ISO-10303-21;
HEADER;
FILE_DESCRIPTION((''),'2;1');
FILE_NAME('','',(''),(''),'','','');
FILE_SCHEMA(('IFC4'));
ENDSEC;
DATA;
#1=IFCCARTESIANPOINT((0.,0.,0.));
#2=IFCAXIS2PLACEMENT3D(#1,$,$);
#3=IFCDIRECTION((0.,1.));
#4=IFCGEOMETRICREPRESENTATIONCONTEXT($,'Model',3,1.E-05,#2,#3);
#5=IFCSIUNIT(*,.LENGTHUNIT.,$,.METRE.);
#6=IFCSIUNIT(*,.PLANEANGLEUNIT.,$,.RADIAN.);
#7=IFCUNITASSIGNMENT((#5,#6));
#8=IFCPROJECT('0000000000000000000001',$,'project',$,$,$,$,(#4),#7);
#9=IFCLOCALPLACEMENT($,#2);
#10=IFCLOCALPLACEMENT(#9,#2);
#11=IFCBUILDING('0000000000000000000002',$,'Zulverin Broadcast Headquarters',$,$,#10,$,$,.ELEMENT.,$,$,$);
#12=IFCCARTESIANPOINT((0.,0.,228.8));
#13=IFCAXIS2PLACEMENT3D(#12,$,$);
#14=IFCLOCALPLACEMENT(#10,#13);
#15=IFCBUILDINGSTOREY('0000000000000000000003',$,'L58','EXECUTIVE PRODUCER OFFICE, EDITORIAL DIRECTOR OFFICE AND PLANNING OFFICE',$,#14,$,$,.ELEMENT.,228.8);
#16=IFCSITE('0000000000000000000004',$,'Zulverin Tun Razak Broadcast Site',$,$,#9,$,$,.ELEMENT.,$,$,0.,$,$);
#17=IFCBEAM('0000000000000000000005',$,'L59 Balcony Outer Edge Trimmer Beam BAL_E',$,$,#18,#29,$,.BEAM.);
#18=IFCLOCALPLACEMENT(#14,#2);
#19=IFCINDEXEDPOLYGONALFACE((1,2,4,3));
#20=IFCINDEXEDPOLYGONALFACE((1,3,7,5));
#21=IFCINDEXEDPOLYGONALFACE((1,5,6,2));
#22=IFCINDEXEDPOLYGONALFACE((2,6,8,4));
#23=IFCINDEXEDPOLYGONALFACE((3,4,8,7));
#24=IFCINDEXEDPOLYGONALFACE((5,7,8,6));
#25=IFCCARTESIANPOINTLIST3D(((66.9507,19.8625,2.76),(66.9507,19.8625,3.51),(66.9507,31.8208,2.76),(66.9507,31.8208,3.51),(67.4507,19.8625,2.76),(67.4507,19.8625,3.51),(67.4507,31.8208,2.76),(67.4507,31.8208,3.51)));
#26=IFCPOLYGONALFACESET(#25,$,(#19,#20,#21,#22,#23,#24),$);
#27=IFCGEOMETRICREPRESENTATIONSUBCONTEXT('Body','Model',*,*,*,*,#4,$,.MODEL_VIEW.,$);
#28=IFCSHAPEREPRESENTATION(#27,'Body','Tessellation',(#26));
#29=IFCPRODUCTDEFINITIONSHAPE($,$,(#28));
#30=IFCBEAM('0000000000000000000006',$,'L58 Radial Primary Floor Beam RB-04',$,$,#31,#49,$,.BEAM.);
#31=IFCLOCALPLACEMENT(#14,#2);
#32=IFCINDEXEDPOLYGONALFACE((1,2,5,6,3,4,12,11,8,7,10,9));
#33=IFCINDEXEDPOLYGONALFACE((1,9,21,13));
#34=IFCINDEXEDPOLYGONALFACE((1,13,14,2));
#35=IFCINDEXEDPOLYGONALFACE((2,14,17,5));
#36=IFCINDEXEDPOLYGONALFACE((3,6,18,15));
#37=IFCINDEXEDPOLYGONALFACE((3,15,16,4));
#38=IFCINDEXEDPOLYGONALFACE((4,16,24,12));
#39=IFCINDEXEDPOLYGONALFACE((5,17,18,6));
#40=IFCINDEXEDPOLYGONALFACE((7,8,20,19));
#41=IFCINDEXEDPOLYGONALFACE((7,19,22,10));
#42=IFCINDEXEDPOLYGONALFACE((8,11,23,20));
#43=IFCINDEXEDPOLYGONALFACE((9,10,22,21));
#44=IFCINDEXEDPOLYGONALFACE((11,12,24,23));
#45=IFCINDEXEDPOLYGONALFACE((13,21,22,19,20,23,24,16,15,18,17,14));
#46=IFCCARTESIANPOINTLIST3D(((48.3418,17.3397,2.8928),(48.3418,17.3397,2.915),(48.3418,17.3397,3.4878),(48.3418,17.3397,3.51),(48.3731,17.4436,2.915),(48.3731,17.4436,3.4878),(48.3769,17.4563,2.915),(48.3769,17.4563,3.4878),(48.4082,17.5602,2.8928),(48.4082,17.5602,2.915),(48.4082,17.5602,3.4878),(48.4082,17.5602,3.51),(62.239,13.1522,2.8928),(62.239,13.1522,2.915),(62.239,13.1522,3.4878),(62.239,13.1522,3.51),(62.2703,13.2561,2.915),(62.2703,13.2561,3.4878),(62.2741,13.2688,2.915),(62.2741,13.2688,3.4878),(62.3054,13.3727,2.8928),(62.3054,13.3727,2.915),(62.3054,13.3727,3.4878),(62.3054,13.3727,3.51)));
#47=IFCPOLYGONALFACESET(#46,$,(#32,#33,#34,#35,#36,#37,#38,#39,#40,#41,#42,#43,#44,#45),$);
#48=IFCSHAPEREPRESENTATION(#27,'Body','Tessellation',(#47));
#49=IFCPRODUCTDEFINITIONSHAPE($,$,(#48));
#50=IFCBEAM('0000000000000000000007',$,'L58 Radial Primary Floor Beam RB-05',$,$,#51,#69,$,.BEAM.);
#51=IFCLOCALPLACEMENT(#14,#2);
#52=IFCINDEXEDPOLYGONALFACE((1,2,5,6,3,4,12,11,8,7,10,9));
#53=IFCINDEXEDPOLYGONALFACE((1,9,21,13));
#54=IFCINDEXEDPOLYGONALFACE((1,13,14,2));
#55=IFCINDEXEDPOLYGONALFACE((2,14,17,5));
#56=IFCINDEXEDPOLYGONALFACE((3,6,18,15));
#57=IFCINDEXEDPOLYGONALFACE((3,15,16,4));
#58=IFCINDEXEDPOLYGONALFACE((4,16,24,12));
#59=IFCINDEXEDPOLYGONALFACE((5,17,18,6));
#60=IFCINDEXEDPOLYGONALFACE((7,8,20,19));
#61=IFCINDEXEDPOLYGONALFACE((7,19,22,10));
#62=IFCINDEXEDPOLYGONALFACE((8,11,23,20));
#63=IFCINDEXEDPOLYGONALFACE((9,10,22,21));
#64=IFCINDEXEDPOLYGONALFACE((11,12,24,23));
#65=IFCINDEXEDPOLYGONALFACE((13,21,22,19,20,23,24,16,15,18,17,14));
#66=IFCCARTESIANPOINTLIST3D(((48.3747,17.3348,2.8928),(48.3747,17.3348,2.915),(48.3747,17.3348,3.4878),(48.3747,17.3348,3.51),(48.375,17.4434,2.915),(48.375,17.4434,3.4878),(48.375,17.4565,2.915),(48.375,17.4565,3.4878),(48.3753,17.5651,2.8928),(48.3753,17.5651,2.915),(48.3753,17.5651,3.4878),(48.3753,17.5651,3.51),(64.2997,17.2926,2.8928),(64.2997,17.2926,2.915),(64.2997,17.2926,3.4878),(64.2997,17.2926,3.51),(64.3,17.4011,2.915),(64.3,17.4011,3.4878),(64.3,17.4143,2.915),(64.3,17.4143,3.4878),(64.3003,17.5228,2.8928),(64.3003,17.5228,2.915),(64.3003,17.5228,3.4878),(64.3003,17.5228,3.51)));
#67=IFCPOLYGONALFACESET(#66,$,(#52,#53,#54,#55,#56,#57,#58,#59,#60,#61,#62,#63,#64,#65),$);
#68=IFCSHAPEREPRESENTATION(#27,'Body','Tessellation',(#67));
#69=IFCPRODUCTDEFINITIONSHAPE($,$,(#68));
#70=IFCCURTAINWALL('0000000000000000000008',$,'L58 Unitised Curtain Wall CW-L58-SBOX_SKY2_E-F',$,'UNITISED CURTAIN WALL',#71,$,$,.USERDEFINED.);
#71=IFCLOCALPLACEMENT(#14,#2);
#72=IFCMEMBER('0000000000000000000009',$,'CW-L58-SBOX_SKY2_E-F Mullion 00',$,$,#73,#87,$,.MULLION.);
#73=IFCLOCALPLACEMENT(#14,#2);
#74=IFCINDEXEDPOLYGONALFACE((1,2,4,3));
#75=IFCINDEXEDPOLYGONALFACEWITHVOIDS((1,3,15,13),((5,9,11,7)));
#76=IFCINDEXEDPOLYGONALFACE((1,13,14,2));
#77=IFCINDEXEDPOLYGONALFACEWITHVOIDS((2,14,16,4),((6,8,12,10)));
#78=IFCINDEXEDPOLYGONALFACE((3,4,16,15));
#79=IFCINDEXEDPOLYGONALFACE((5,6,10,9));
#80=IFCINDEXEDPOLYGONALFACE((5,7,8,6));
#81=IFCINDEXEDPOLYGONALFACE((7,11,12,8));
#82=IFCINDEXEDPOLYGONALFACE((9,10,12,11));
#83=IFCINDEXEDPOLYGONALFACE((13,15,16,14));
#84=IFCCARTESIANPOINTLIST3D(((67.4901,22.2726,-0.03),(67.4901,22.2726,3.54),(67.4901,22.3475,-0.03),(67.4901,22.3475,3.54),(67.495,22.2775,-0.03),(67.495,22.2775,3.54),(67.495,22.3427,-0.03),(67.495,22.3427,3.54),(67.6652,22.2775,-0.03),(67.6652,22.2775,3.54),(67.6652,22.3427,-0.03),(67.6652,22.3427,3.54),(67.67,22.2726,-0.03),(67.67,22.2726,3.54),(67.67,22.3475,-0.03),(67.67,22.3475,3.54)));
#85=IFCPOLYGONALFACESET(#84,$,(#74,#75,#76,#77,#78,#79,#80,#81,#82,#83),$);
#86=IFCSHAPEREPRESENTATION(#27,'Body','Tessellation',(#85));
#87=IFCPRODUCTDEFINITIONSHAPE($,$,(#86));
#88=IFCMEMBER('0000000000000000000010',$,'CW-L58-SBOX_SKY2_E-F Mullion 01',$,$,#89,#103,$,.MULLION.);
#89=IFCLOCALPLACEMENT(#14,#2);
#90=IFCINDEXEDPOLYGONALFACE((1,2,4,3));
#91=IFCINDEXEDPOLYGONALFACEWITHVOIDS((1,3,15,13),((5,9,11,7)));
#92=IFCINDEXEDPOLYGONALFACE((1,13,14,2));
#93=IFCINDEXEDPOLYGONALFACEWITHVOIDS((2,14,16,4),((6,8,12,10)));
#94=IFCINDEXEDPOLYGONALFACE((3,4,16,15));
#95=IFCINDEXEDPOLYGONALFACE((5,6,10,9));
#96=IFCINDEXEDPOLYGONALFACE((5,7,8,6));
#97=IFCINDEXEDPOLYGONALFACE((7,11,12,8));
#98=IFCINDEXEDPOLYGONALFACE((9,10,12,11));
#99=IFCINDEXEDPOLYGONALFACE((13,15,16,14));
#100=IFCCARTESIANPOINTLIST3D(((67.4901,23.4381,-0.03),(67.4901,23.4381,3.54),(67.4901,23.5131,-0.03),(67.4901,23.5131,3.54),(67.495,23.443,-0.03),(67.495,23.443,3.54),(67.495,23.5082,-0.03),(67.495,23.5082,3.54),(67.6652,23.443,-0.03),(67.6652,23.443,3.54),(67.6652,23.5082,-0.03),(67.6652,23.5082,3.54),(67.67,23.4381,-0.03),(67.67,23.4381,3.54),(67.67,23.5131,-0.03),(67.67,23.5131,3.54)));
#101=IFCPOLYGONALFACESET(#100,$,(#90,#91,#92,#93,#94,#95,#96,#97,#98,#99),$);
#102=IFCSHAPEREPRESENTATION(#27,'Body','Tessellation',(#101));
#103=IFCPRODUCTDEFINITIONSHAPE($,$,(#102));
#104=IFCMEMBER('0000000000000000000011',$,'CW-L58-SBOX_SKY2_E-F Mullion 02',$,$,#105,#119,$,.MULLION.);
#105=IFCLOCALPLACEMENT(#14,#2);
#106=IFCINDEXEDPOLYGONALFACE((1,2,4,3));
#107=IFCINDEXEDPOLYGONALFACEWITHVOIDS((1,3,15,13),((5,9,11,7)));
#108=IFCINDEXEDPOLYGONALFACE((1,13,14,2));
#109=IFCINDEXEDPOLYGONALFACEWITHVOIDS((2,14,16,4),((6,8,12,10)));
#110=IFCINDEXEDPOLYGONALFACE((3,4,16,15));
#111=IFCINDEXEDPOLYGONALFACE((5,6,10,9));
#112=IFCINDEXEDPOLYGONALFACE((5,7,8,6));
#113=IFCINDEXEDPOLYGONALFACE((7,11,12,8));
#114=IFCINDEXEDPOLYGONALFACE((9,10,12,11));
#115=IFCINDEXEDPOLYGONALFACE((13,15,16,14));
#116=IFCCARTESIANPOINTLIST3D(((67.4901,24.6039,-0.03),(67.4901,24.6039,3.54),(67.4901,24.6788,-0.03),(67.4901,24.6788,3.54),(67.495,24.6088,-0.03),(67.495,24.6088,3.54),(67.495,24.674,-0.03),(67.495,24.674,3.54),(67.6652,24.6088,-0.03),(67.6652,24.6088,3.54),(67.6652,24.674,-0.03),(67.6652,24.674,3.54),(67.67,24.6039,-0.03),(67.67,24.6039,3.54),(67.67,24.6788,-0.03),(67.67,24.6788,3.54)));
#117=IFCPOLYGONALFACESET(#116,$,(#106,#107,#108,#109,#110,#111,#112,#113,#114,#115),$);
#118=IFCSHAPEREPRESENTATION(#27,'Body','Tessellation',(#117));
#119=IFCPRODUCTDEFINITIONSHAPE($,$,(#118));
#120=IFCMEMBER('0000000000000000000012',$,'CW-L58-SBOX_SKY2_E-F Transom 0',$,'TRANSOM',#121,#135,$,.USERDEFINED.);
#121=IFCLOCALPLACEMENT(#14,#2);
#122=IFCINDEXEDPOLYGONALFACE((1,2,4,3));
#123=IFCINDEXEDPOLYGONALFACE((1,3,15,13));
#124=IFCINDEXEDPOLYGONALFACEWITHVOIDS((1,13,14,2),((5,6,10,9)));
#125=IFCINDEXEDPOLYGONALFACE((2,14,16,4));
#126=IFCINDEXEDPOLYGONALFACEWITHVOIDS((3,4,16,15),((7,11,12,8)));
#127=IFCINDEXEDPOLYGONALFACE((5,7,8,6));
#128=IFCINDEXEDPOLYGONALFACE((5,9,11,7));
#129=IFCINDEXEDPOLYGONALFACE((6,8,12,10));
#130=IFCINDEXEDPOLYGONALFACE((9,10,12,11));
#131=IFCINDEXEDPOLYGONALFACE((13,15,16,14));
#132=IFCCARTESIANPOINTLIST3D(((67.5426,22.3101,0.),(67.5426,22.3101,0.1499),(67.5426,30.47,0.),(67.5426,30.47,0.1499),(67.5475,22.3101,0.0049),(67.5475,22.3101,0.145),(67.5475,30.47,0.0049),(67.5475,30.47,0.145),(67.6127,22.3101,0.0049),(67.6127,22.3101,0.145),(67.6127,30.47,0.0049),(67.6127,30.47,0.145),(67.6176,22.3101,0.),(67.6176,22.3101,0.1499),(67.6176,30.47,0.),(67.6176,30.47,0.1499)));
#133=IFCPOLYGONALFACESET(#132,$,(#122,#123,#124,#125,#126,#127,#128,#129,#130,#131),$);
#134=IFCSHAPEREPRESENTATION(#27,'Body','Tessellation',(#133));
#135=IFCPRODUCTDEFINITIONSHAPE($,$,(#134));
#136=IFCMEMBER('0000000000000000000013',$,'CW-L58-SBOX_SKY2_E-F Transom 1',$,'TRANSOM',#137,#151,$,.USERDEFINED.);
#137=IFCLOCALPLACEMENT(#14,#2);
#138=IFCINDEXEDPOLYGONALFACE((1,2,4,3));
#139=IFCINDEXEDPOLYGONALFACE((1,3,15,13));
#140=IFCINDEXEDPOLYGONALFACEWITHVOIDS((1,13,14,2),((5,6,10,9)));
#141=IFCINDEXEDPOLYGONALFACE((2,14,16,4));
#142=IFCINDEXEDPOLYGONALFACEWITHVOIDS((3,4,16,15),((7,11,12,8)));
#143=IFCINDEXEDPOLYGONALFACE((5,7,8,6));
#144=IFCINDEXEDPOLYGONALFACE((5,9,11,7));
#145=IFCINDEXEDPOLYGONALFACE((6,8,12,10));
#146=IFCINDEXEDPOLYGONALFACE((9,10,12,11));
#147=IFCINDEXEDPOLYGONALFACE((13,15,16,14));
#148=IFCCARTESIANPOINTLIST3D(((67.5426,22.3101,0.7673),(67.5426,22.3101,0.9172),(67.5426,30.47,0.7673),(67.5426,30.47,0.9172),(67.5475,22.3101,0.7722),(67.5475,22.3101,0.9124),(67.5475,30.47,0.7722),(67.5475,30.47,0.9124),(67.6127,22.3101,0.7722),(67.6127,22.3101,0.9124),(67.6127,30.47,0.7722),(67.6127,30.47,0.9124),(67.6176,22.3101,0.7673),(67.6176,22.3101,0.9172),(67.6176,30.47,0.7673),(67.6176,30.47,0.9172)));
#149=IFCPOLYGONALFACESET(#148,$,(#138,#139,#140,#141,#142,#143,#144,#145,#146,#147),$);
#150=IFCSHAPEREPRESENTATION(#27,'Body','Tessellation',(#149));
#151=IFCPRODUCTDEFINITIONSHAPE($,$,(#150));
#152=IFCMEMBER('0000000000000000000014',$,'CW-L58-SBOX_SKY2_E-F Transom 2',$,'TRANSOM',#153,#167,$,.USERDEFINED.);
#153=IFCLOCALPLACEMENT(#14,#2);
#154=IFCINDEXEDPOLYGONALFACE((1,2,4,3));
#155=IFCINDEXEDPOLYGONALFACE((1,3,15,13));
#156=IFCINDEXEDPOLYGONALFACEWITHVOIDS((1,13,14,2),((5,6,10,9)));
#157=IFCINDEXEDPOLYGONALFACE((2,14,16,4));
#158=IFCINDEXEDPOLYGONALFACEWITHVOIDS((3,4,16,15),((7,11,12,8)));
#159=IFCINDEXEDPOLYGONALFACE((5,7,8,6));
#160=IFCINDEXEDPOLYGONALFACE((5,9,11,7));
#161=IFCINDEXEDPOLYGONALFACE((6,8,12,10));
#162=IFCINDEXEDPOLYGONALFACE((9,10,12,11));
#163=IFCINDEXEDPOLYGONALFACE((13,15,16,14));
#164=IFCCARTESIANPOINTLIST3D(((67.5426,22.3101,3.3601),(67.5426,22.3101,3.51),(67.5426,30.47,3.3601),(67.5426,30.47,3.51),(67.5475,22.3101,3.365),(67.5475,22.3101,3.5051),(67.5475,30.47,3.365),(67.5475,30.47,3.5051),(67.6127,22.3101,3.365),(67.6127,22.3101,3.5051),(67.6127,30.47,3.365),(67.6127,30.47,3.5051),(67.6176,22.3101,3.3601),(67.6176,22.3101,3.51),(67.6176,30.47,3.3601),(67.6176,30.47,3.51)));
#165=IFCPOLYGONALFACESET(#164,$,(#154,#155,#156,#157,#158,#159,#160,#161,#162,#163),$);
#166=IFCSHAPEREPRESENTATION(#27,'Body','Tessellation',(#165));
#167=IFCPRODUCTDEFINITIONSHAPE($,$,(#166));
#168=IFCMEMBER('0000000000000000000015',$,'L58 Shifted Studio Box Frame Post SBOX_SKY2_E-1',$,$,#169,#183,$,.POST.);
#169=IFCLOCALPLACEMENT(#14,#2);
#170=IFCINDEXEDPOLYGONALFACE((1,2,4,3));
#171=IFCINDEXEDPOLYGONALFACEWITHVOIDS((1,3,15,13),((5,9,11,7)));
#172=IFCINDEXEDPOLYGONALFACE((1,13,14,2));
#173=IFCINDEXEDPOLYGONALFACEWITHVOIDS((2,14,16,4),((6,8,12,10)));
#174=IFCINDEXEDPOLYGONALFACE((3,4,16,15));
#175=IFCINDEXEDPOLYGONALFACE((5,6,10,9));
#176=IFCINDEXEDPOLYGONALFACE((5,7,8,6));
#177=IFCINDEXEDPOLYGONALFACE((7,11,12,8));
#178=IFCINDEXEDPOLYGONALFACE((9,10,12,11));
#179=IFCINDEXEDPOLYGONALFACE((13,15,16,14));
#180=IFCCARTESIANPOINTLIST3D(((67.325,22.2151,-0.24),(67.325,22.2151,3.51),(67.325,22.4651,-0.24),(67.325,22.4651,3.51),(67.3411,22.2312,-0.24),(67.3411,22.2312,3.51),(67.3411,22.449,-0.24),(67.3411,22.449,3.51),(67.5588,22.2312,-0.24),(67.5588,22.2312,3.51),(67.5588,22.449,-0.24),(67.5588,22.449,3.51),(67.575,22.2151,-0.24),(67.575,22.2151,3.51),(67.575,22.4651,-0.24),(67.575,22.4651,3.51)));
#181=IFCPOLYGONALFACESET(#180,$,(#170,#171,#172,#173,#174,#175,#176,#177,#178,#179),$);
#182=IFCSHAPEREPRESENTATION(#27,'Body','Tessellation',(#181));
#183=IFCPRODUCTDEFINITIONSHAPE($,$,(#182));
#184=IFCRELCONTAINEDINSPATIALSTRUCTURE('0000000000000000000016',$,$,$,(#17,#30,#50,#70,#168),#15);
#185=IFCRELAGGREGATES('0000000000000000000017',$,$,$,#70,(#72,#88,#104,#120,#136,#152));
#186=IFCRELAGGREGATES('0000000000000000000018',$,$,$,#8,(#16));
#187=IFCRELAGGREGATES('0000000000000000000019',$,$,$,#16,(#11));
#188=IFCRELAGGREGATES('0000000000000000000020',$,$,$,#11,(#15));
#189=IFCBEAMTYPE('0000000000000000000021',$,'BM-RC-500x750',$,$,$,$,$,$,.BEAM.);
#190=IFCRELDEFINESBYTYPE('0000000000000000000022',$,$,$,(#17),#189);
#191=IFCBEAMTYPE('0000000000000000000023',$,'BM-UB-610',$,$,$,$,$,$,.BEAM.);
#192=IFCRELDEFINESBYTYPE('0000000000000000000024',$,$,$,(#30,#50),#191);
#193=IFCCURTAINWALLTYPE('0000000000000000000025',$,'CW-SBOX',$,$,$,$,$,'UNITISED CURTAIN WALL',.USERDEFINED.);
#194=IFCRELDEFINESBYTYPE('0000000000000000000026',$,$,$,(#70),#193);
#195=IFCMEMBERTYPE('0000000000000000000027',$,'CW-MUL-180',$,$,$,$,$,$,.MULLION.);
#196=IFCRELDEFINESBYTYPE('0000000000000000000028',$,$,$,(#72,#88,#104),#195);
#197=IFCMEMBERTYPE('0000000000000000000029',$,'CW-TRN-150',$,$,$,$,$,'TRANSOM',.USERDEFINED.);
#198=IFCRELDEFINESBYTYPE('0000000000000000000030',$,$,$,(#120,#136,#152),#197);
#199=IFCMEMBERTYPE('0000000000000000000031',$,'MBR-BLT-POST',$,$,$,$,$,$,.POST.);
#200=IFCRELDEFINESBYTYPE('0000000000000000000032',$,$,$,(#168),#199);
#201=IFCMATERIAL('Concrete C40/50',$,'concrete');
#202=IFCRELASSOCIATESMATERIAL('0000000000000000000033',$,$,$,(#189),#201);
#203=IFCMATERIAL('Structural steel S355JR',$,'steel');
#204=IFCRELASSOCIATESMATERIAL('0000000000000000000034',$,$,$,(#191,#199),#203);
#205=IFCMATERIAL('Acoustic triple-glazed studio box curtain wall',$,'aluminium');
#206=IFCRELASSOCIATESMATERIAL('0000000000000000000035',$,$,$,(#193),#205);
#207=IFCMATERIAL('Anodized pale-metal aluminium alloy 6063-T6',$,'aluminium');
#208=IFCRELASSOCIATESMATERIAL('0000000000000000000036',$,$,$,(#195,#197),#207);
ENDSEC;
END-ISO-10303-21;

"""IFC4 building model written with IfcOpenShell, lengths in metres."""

from ifc_helpers import new_model, si_unit, direction, frame, origin, origin_2d, place, context, subcontext, project, spatial, rectangle, hollow_rectangle, i_section, extrude, material, material_profile, profile_set, type_object, element, aggregate, save


model = new_model("IFC4")

# Units and contexts
model_context = context("Model", 3, precision=1e-05, world=origin(), true_north=direction((0.0, 1.0)))
body_context = subcontext(model_context, "Body", "Model", "MODEL_VIEW")
ifc_project = project(units=[si_unit("LENGTHUNIT", "METRE"), si_unit("PLANEANGLEUNIT", "RADIAN")], contexts=[model_context])

# Site, building, storey
site_placement = place(None, origin())
site = spatial("IfcSite", under=ifc_project, at=site_placement, Name="Zulverin Tun Razak Broadcast Site", CompositionType="ELEMENT", RefElevation=0.0)
building_placement = place(site_placement, origin())
building = spatial("IfcBuilding", under=site, at=building_placement, Name="Zulverin Broadcast Headquarters", CompositionType="ELEMENT")
storey_placement = place(building_placement, frame((0.0, 0.0, 228.8)))
storey = spatial("IfcBuildingStorey", under=building, at=storey_placement, Name="L58", Description="EXECUTIVE PRODUCER OFFICE, EDITORIAL DIRECTOR OFFICE AND PLANNING OFFICE", CompositionType="ELEMENT", Elevation=228.8)

# Beams
ifc_material_1 = material(Name="Concrete C40/50", Category="concrete")
ifc_material_profile_1 = material_profile(ifc_material_1, rectangle(XDim=0.5, YDim=0.75, at=origin_2d()), Name="Concrete C40/50", Category="concrete")
ifc_profile_set_1 = profile_set([ifc_material_profile_1], Name="Concrete C40/50")
beam_type_1 = type_object("IfcBeamType", Name="BM-RC-500x750", PredefinedType="BEAM", material=ifc_profile_set_1)
beam_1_placement = place(storey_placement, frame((67.2007, 19.8625, 3.135), z_axis=(0.0, 1.0, 0.0), x_axis=(-1.0, 0.0, 0.0)))
element("IfcBeam", 1, at=beam_1_placement, inside=storey, type_object=beam_type_1, Name="L59 Balcony Outer Edge Trimmer Beam BAL_E", PredefinedType="BEAM", context=body_context, shape_type="SweptSolid", body=[
    extrude(rectangle(XDim=0.5, YDim=0.75, at=origin_2d()), origin(), (0.0, 0.0, 1.0), 11.9583),
])
ifc_material_2 = material(Name="Structural steel S355JR", Category="steel")
ifc_material_profile_2 = material_profile(ifc_material_2, i_section(OverallWidth=0.2302, OverallDepth=0.6172, WebThickness=0.0132, FlangeThickness=0.0222, at=origin_2d()), Name="Structural steel S355JR", Category="steel")
ifc_profile_set_2 = profile_set([ifc_material_profile_2], Name="Structural steel S355JR")
beam_type_2 = type_object("IfcBeamType", Name="BM-UB-610", PredefinedType="BEAM", material=ifc_profile_set_2)
beam_2_placement = place(storey_placement, frame((48.375, 17.45, 3.2014), z_axis=(0.957478, -0.288507, 0.0), x_axis=(0.288507, 0.957478, 0.0)))
element("IfcBeam", 2, at=beam_2_placement, inside=storey, type_object=beam_type_2, Name="L58 Radial Primary Floor Beam RB-04", PredefinedType="BEAM", context=body_context, shape_type="SweptSolid", body=[
    extrude(i_section(OverallWidth=0.2302, OverallDepth=0.6172, WebThickness=0.0132, FlangeThickness=0.0222, at=origin_2d()), origin(), (0.0, 0.0, 1.0), 14.5144),
])
beam_3_placement = place(storey_placement, frame((48.375, 17.45, 3.2014), z_axis=(0.999996, -0.002652, 0.0), x_axis=(0.002652, 0.999996, 0.0)))
element("IfcBeam", 3, at=beam_3_placement, inside=storey, type_object=beam_type_2, Name="L58 Radial Primary Floor Beam RB-05", PredefinedType="BEAM", context=body_context, shape_type="SweptSolid", body=[
    extrude(i_section(OverallWidth=0.2302, OverallDepth=0.6172, WebThickness=0.0132, FlangeThickness=0.0222, at=origin_2d()), origin(), (0.0, 0.0, 1.0), 15.925),
])

# Curtain wall, members
ifc_material_3 = material(Name="Acoustic triple-glazed studio box curtain wall", Category="aluminium")
curtain_wall_type = type_object("IfcCurtainWallType", Name="CW-SBOX", ElementType="UNITISED CURTAIN WALL", PredefinedType="USERDEFINED", material=ifc_material_3)
curtain_wall_placement = place(storey_placement, origin())
curtain_wall = element("IfcCurtainWall", 4, at=curtain_wall_placement, inside=storey, type_object=curtain_wall_type, Name="L58 Unitised Curtain Wall CW-L58-SBOX_SKY2_E-F", ObjectType="UNITISED CURTAIN WALL", PredefinedType="USERDEFINED")
ifc_material_4 = material(Name="Anodized pale-metal aluminium alloy 6063-T6", Category="aluminium")
ifc_material_profile_3 = material_profile(ifc_material_4, hollow_rectangle(XDim=0.075, YDim=0.1799, WallThickness=0.0049, at=origin_2d()), Name="Anodized pale-metal aluminium alloy 6063-T6", Category="aluminium")
ifc_profile_set_3 = profile_set([ifc_material_profile_3], Name="Anodized pale-metal aluminium alloy 6063-T6")
member_type_1 = type_object("IfcMemberType", Name="CW-MUL-180", PredefinedType="MULLION", material=ifc_profile_set_3)
member_1_placement = place(storey_placement, frame((67.5801, 22.3101, -0.03), z_axis=(0.0, 0.0, 1.0), x_axis=(0.0, 1.0, 0.0)))
member_1 = element("IfcMember", 5, at=member_1_placement, type_object=member_type_1, Name="CW-L58-SBOX_SKY2_E-F Mullion 00", PredefinedType="MULLION", context=body_context, shape_type="SweptSolid", body=[
    extrude(hollow_rectangle(XDim=0.075, YDim=0.1799, WallThickness=0.0049, at=origin_2d()), origin(), (0.0, 0.0, 1.0), 3.5701),
])
member_2_placement = place(storey_placement, frame((67.5801, 23.4756, -0.03), z_axis=(0.0, 0.0, 1.0), x_axis=(0.0, 1.0, 0.0)))
member_2 = element("IfcMember", 6, at=member_2_placement, type_object=member_type_1, Name="CW-L58-SBOX_SKY2_E-F Mullion 01", PredefinedType="MULLION", context=body_context, shape_type="SweptSolid", body=[
    extrude(hollow_rectangle(XDim=0.075, YDim=0.1799, WallThickness=0.0049, at=origin_2d()), origin(), (0.0, 0.0, 1.0), 3.5701),
])
member_3_placement = place(storey_placement, frame((67.5801, 24.6414, -0.03), z_axis=(0.0, 0.0, 1.0), x_axis=(0.0, 1.0, 0.0)))
member_3 = element("IfcMember", 7, at=member_3_placement, type_object=member_type_1, Name="CW-L58-SBOX_SKY2_E-F Mullion 02", PredefinedType="MULLION", context=body_context, shape_type="SweptSolid", body=[
    extrude(hollow_rectangle(XDim=0.075, YDim=0.1799, WallThickness=0.0049, at=origin_2d()), origin(), (0.0, 0.0, 1.0), 3.5701),
])
ifc_material_profile_4 = material_profile(ifc_material_4, hollow_rectangle(XDim=0.075, YDim=0.1499, WallThickness=0.0049, at=origin_2d()), Name="Anodized pale-metal aluminium alloy 6063-T6", Category="aluminium")
ifc_profile_set_4 = profile_set([ifc_material_profile_4], Name="Anodized pale-metal aluminium alloy 6063-T6")
member_type_2 = type_object("IfcMemberType", Name="CW-TRN-150", ElementType="TRANSOM", PredefinedType="USERDEFINED", material=ifc_profile_set_4)
member_4_placement = place(storey_placement, frame((67.5801, 22.3101, 0.075), z_axis=(0.0, 1.0, 0.0), x_axis=(-1.0, 0.0, 0.0)))
member_4 = element("IfcMember", 8, at=member_4_placement, type_object=member_type_2, Name="CW-L58-SBOX_SKY2_E-F Transom 0", ObjectType="TRANSOM", PredefinedType="USERDEFINED", context=body_context, shape_type="SweptSolid", body=[
    extrude(hollow_rectangle(XDim=0.075, YDim=0.1499, WallThickness=0.0049, at=origin_2d()), origin(), (0.0, 0.0, 1.0), 8.1599),
])
member_5_placement = place(storey_placement, frame((67.5801, 22.3101, 0.8423), z_axis=(0.0, 1.0, 0.0), x_axis=(-1.0, 0.0, 0.0)))
member_5 = element("IfcMember", 9, at=member_5_placement, type_object=member_type_2, Name="CW-L58-SBOX_SKY2_E-F Transom 1", ObjectType="TRANSOM", PredefinedType="USERDEFINED", context=body_context, shape_type="SweptSolid", body=[
    extrude(hollow_rectangle(XDim=0.075, YDim=0.1499, WallThickness=0.0049, at=origin_2d()), origin(), (0.0, 0.0, 1.0), 8.1599),
])
member_6_placement = place(storey_placement, frame((67.5801, 22.3101, 3.4351), z_axis=(0.0, 1.0, 0.0), x_axis=(-1.0, 0.0, 0.0)))
member_6 = element("IfcMember", 10, at=member_6_placement, type_object=member_type_2, Name="CW-L58-SBOX_SKY2_E-F Transom 2", ObjectType="TRANSOM", PredefinedType="USERDEFINED", context=body_context, shape_type="SweptSolid", body=[
    extrude(hollow_rectangle(XDim=0.075, YDim=0.1499, WallThickness=0.0049, at=origin_2d()), origin(), (0.0, 0.0, 1.0), 8.1599),
])

# Member
ifc_material_profile_5 = material_profile(ifc_material_2, hollow_rectangle(XDim=0.25, YDim=0.25, WallThickness=0.0161, at=origin_2d()), Name="Structural steel S355JR", Category="steel")
ifc_profile_set_5 = profile_set([ifc_material_profile_5], Name="Structural steel S355JR")
member_type_3 = type_object("IfcMemberType", Name="MBR-BLT-POST", PredefinedType="POST", material=ifc_profile_set_5)
member_7_placement = place(storey_placement, frame((67.45, 22.3401, -0.24), z_axis=(0.0, 0.0, 1.0), x_axis=(1.0, 0.0, 0.0)))
element("IfcMember", 11, at=member_7_placement, inside=storey, type_object=member_type_3, Name="L58 Shifted Studio Box Frame Post SBOX_SKY2_E-1", PredefinedType="POST", context=body_context, shape_type="SweptSolid", body=[
    extrude(hollow_rectangle(XDim=0.25, YDim=0.25, WallThickness=0.0161, at=origin_2d()), origin(), (0.0, 0.0, 1.0), 3.75),
])

aggregate(curtain_wall, [member_1, member_2, member_3, member_4, member_5, member_6])

save(model, "model.ifc")
